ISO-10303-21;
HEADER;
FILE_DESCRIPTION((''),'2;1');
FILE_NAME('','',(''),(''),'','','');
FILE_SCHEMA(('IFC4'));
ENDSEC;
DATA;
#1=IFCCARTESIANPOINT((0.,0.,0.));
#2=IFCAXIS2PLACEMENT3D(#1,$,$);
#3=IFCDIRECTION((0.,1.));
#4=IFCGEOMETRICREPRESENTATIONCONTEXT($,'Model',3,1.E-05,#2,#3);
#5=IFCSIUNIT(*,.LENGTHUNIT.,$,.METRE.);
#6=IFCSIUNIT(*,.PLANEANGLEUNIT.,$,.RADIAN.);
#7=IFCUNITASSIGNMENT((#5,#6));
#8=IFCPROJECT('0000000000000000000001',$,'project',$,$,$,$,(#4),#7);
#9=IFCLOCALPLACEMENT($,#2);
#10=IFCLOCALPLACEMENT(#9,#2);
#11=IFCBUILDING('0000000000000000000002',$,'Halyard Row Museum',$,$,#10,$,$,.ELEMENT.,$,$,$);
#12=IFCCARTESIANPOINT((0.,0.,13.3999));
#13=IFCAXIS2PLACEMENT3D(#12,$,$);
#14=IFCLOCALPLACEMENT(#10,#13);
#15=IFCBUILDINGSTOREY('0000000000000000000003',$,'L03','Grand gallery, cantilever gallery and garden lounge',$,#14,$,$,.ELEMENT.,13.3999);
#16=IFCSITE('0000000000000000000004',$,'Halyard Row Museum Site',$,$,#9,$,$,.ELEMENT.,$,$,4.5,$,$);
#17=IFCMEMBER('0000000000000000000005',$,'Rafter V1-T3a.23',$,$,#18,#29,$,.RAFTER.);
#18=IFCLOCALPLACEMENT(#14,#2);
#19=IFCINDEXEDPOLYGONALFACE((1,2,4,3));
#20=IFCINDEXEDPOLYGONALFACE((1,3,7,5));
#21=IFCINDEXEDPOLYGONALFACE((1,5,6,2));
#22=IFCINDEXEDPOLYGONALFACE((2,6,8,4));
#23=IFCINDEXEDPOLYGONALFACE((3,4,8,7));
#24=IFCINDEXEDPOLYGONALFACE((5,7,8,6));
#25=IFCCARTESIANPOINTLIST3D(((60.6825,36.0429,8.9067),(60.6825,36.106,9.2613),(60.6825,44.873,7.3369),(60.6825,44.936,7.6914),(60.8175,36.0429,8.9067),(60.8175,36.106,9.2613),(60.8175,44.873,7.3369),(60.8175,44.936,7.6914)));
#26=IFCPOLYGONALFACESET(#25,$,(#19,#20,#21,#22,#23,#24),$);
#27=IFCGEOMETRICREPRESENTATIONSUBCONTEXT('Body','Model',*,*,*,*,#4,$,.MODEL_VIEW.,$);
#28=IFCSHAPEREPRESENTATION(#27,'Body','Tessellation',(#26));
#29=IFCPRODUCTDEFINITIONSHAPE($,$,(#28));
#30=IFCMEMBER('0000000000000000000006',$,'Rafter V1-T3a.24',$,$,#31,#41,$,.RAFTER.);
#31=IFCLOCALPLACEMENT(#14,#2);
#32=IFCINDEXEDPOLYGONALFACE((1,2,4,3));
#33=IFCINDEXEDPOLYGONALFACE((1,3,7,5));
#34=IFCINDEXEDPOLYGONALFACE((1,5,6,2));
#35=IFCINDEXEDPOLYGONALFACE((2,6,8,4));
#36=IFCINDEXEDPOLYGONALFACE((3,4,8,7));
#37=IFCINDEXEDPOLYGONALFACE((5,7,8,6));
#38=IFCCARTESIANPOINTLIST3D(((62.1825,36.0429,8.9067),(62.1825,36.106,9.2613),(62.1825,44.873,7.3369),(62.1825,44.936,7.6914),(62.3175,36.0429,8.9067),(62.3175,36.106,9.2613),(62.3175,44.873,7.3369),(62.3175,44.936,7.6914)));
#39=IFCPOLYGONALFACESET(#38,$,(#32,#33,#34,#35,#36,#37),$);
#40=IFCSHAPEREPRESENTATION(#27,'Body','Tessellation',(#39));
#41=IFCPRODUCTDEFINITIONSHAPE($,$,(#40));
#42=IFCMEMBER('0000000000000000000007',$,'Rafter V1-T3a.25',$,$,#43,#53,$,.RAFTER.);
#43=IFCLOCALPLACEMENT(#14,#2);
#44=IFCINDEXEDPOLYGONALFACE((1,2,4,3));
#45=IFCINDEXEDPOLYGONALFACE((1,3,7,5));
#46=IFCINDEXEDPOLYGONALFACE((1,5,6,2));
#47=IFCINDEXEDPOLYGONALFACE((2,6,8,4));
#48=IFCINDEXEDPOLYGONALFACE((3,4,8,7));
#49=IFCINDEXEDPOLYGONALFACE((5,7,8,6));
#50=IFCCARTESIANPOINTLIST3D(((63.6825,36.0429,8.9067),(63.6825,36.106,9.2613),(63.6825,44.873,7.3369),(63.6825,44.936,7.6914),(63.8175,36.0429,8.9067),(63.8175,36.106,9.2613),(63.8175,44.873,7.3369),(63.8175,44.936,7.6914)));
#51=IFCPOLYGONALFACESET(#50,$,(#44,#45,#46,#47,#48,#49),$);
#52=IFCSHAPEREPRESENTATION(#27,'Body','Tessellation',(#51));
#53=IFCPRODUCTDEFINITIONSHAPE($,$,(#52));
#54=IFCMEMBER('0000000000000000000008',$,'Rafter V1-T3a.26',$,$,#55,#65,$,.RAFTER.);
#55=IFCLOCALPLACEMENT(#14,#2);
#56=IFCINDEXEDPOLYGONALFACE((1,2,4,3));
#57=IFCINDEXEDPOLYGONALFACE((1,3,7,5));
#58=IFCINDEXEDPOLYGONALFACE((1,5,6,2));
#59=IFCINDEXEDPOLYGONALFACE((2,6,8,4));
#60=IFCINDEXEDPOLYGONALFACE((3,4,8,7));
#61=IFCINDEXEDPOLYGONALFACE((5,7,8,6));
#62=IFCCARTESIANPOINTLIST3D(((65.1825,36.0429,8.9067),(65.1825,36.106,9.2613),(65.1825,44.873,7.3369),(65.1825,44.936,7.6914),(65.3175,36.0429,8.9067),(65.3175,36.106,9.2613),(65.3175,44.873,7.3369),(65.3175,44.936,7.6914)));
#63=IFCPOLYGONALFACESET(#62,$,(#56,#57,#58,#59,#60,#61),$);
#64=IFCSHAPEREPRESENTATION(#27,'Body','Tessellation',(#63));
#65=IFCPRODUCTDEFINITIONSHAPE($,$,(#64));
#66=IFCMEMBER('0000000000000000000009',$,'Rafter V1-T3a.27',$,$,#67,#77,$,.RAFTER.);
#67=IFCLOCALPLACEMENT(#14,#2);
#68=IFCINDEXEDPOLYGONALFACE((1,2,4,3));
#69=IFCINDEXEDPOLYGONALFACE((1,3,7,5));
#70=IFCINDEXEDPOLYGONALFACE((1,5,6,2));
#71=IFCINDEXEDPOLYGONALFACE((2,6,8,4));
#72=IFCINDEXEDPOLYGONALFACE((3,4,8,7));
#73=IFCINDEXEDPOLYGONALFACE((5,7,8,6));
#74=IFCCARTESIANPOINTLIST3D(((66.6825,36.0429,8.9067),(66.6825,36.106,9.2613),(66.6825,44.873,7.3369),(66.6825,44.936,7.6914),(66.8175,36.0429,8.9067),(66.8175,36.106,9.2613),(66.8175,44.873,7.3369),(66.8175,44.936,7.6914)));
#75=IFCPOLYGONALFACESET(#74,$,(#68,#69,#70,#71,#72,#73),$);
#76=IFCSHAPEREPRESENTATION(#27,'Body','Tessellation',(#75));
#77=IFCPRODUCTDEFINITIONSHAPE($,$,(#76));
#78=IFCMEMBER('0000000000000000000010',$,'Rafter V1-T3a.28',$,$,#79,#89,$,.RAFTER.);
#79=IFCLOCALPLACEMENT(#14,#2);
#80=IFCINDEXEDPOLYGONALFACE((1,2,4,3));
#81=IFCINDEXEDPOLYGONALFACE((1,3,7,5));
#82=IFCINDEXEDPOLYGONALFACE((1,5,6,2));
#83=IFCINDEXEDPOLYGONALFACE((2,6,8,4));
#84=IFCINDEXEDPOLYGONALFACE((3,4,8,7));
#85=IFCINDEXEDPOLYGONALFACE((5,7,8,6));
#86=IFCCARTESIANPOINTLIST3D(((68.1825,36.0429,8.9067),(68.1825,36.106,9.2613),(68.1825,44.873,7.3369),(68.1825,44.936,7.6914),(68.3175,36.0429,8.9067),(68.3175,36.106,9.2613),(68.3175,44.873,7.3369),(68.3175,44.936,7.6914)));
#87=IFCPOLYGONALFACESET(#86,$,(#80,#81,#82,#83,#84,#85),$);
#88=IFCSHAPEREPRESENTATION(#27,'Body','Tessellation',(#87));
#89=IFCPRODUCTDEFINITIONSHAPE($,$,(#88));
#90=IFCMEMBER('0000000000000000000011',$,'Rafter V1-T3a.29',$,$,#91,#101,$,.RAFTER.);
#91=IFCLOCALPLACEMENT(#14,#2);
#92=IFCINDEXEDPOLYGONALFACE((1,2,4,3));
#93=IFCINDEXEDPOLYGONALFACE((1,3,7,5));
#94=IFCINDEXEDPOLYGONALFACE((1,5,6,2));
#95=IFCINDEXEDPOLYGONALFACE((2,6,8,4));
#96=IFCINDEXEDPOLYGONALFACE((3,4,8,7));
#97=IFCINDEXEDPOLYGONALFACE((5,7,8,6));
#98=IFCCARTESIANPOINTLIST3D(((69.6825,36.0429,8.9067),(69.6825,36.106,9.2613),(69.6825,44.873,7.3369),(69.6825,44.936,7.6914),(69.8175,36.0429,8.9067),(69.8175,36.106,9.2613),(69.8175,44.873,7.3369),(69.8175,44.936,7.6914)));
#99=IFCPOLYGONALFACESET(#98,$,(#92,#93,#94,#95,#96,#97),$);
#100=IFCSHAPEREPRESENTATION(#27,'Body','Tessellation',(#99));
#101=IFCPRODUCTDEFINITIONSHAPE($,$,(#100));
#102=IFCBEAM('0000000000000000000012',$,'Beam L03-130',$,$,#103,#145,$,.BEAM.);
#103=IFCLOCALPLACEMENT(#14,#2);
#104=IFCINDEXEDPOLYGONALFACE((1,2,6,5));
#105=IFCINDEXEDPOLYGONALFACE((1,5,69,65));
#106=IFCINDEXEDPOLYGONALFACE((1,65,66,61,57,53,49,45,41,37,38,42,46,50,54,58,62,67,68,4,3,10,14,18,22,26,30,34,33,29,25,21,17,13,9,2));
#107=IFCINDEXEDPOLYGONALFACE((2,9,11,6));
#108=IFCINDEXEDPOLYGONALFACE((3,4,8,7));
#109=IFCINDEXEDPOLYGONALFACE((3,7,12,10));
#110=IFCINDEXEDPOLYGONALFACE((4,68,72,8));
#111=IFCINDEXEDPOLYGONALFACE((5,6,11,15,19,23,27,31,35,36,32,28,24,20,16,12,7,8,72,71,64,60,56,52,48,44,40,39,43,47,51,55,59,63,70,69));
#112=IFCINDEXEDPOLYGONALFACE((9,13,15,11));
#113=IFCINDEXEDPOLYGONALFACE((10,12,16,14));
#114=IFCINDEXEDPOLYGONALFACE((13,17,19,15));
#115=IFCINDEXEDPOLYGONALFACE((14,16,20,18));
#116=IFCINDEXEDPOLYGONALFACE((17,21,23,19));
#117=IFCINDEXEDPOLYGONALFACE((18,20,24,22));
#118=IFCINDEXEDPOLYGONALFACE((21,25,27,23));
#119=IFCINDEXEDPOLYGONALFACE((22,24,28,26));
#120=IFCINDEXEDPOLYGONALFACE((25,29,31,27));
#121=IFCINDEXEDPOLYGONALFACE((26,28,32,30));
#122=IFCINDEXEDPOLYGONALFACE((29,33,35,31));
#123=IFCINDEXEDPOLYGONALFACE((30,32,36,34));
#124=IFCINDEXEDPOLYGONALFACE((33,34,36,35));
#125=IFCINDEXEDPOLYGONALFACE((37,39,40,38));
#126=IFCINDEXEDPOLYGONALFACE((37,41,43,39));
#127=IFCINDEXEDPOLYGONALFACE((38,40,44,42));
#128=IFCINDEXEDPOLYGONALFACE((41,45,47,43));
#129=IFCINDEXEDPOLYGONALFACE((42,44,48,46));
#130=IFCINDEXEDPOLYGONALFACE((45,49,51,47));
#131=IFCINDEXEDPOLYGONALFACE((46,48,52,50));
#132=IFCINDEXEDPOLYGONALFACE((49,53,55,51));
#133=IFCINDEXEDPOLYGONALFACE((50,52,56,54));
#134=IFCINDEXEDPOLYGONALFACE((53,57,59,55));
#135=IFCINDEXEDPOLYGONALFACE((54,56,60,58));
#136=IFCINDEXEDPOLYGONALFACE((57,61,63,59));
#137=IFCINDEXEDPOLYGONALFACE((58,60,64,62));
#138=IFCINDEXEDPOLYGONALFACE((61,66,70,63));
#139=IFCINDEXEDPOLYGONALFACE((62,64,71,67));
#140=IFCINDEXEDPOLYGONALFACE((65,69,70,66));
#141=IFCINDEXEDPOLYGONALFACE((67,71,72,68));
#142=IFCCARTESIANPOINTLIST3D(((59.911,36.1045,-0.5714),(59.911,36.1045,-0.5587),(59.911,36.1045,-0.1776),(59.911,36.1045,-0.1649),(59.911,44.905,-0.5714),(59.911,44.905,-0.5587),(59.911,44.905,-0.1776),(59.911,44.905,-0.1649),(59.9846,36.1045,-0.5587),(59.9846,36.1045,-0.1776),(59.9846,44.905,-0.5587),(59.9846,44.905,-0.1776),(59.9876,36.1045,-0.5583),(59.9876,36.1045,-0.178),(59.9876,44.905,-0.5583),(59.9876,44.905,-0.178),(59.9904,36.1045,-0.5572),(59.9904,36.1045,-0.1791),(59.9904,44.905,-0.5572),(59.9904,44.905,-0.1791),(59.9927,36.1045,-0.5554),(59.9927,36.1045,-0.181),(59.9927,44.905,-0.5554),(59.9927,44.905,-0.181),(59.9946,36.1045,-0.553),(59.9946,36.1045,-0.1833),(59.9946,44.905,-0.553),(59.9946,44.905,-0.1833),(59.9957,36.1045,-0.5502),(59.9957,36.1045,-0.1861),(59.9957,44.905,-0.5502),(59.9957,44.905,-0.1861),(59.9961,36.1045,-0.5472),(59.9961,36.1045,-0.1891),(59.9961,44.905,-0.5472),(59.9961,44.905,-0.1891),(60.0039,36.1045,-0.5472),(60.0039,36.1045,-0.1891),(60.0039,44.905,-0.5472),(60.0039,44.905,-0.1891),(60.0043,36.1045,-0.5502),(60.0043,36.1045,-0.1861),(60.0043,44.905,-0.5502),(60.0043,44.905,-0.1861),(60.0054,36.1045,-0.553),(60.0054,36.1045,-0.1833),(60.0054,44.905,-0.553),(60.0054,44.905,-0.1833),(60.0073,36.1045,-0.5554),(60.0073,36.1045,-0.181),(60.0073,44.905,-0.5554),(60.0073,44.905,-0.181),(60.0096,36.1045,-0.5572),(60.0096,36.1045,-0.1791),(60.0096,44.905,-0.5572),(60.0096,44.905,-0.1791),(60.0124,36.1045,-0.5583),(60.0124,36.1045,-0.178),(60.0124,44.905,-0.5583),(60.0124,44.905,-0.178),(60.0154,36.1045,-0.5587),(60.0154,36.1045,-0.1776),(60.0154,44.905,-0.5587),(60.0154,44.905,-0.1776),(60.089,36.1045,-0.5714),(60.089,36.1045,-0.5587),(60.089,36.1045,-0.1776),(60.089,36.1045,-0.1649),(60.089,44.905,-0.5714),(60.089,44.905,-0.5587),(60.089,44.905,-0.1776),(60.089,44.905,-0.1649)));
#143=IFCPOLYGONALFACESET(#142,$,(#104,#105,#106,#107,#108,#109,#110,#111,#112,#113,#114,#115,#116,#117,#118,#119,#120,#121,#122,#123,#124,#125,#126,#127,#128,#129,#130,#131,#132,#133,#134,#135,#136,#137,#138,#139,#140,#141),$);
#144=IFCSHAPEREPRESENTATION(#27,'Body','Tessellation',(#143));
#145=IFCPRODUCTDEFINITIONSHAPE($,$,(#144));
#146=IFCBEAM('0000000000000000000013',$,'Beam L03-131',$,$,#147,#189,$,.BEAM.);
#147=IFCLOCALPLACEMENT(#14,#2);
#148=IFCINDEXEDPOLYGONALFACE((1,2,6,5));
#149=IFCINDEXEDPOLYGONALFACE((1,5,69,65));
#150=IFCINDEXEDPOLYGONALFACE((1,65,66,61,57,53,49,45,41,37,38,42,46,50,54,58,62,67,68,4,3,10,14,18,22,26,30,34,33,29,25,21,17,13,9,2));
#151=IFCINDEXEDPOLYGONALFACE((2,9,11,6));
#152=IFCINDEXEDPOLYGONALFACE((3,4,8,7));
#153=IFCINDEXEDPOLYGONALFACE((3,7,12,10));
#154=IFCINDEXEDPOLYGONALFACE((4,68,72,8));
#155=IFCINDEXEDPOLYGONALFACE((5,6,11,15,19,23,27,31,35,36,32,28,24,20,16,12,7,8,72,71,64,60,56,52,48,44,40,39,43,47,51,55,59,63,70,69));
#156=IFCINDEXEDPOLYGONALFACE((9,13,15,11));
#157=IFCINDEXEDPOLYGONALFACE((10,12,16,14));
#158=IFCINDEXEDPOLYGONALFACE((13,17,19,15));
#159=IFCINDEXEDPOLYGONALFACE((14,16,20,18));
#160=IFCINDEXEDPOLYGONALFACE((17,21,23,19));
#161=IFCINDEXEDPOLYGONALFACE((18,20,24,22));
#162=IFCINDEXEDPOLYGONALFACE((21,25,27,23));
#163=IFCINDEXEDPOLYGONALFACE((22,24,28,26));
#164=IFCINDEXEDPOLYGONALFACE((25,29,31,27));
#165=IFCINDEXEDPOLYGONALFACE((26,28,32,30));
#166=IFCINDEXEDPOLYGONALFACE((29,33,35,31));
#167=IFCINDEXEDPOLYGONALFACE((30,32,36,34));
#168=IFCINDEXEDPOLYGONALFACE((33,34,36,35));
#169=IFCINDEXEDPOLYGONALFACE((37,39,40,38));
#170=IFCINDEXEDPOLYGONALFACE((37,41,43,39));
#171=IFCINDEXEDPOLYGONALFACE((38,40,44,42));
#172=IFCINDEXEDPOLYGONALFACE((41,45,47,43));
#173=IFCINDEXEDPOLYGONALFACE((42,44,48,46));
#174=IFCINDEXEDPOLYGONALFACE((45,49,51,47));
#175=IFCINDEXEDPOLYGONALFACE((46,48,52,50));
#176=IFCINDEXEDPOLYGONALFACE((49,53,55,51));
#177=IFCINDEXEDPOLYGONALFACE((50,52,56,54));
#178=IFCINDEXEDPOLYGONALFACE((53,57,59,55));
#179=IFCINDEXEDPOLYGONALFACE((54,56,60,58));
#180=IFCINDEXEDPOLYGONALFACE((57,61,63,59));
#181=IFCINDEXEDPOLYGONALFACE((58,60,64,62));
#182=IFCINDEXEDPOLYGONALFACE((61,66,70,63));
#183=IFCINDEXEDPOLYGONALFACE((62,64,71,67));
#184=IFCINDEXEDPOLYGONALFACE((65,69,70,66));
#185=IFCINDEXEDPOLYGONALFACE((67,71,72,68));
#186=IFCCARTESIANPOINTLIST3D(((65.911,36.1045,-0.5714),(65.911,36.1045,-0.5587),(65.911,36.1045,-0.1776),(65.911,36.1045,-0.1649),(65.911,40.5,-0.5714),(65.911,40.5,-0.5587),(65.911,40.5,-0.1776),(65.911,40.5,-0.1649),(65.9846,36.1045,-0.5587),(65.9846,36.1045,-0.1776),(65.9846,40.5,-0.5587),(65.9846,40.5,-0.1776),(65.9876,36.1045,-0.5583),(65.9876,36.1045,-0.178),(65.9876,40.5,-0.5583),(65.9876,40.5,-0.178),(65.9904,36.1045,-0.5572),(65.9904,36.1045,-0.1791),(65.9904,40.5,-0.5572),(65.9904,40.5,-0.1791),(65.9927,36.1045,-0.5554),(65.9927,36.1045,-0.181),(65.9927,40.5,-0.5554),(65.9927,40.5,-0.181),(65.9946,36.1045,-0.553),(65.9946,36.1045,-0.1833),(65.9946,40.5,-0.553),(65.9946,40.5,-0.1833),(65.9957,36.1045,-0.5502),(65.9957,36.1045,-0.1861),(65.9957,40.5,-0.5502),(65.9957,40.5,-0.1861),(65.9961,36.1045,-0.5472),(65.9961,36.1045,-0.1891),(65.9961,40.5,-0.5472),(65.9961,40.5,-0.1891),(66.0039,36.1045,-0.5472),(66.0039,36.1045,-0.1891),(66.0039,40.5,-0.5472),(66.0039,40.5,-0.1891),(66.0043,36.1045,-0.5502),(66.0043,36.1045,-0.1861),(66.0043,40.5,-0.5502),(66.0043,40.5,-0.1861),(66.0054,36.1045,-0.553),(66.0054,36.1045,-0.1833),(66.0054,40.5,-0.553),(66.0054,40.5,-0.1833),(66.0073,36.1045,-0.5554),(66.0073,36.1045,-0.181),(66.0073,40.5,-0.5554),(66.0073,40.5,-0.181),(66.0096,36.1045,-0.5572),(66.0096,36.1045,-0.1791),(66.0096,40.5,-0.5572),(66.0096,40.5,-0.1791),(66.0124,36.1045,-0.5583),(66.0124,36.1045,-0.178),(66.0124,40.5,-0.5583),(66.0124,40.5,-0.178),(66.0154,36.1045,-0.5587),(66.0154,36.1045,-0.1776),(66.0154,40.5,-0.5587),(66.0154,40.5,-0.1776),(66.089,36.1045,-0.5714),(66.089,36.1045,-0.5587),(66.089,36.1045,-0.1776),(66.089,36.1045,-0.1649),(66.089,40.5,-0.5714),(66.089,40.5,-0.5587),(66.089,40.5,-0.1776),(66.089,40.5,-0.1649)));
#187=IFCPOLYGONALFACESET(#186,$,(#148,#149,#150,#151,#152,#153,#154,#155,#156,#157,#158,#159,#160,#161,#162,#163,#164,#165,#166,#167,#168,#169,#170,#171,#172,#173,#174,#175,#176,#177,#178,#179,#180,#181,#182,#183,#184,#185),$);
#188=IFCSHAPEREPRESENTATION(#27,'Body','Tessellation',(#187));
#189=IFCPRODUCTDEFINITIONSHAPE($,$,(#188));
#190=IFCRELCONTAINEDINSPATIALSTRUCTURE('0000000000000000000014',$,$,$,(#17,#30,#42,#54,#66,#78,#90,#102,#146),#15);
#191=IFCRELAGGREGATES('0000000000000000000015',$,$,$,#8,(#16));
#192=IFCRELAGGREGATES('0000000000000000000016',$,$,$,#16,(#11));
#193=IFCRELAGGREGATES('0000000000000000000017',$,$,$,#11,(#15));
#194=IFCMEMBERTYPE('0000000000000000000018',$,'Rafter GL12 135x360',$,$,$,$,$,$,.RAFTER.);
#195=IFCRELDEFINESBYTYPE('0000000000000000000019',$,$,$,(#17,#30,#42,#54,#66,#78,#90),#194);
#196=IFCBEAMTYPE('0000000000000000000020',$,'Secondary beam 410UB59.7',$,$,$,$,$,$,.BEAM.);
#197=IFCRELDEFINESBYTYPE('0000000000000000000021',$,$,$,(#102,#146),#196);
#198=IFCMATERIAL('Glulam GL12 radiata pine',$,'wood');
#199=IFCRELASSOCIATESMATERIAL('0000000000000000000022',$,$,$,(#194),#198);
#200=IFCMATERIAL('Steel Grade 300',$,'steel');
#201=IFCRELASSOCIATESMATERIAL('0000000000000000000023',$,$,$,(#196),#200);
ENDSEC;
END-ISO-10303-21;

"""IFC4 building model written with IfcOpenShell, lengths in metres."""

from ifc_helpers import new_model, si_unit, direction, frame, origin, origin_2d, place, context, subcontext, project, spatial, rectangle, i_section, extrude, material, material_profile, profile_set, type_object, element, save


model = new_model("IFC4")

# Units and contexts
model_context = context("Model", 3, precision=1e-05, world=origin(), true_north=direction((0.0, 1.0)))
body_context = subcontext(model_context, "Body", "Model", "MODEL_VIEW")
ifc_project = project(units=[si_unit("LENGTHUNIT", "METRE"), si_unit("PLANEANGLEUNIT", "RADIAN")], contexts=[model_context])

# Site, building, storey
site_placement = place(None, origin())
site = spatial("IfcSite", under=ifc_project, at=site_placement, Name="Halyard Row Museum Site", CompositionType="ELEMENT", RefElevation=4.5)
building_placement = place(site_placement, origin())
building = spatial("IfcBuilding", under=site, at=building_placement, Name="Halyard Row Museum", CompositionType="ELEMENT")
storey_placement = place(building_placement, frame((0.0, 0.0, 13.3999)))
storey = spatial("IfcBuildingStorey", under=building, at=storey_placement, Name="L03", Description="Grand gallery, cantilever gallery and garden lounge", CompositionType="ELEMENT", Elevation=13.3999)

# Members
ifc_material_1 = material(Name="Glulam GL12 radiata pine", Category="wood")
ifc_material_profile_1 = material_profile(ifc_material_1, rectangle(XDim=0.135, YDim=0.3601, at=origin_2d()), Name="GL12 135x360")
ifc_profile_set_1 = profile_set([ifc_material_profile_1], Name="Glulam GL12 radiata pine")
member_type_1 = type_object("IfcMemberType", Name="Rafter GL12 135x360", PredefinedType="RAFTER", material=ifc_profile_set_1)
for number, where, z_axis, x_axis, name in (
    (1, (60.75, 36.0745, 9.084), (0.0, 0.984562, -0.175037), (-1.0, 0.0, 0.0), "Rafter V1-T3a.23"),
    (2, (62.25, 36.0745, 9.084), (0.0, 0.984562, -0.175037), (-1.0, 0.0, 0.0), "Rafter V1-T3a.24"),
    (3, (63.75, 36.0745, 9.084), (0.0, 0.984562, -0.175037), (-1.0, 0.0, 0.0), "Rafter V1-T3a.25"),
    (4, (65.25, 36.0745, 9.084), (0.0, 0.984562, -0.175037), (-1.0, 0.0, 0.0), "Rafter V1-T3a.26"),
    (5, (66.75, 36.0745, 9.084), (0.0, 0.984562, -0.175037), (-1.0, 0.0, 0.0), "Rafter V1-T3a.27"),
    (6, (68.25, 36.0745, 9.084), (0.0, 0.984562, -0.175037), (-1.0, 0.0, 0.0), "Rafter V1-T3a.28"),
    (7, (69.75, 36.0745, 9.084), (0.0, 0.984562, -0.175037), (-1.0, 0.0, 0.0), "Rafter V1-T3a.29"),
):
    element("IfcMember", number, at=place(storey_placement, frame(where, z_axis=z_axis, x_axis=x_axis)), inside=storey, type_object=member_type_1, Name=name, PredefinedType="RAFTER", context=body_context, shape_type="SweptSolid", body=[
        extrude(rectangle(XDim=0.135, YDim=0.3601, at=origin_2d()), origin(), (0.0, 0.0, 1.0), 8.9685),
    ])

# Beams
ifc_material_2 = material(Name="Steel Grade 300", Category="steel")
ifc_material_profile_2 = material_profile(ifc_material_2, i_section(OverallWidth=0.178, OverallDepth=0.4065, WebThickness=0.0078, FlangeThickness=0.0127, FilletRadius=0.0115, at=origin_2d()), Name="410UB59.7")
ifc_profile_set_2 = profile_set([ifc_material_profile_2], Name="Steel Grade 300")
beam_type_1 = type_object("IfcBeamType", Name="Secondary beam 410UB59.7", PredefinedType="BEAM", material=ifc_profile_set_2)
beam_1_placement = place(storey_placement, frame((60.0, 36.1045, -0.3682), z_axis=(0.0, 1.0, 0.0), x_axis=(-1.0, 0.0, 0.0)))
element("IfcBeam", 8, at=beam_1_placement, inside=storey, type_object=beam_type_1, Name="Beam L03-130", PredefinedType="BEAM", context=body_context, shape_type="SweptSolid", body=[
    extrude(i_section(OverallWidth=0.178, OverallDepth=0.4065, WebThickness=0.0078, FlangeThickness=0.0127, FilletRadius=0.0115, at=origin_2d()), origin(), (0.0, 0.0, 1.0), 8.8005),
])
for number, where, z_axis, x_axis, name in (
    (9, (66.0, 36.1045, -0.3682), (0.0, 1.0, 0.0), (-1.0, 0.0, 0.0), "Beam L03-131"),
):
    element("IfcBeam", number, at=place(storey_placement, frame(where, z_axis=z_axis, x_axis=x_axis)), inside=storey, type_object=beam_type_1, Name=name, PredefinedType="BEAM", context=body_context, shape_type="SweptSolid", body=[
        extrude(i_section(OverallWidth=0.178, OverallDepth=0.4065, WebThickness=0.0078, FlangeThickness=0.0127, FilletRadius=0.0115, at=origin_2d()), origin(), (0.0, 0.0, 1.0), 4.3955),
    ])

save(model, "model.ifc")
